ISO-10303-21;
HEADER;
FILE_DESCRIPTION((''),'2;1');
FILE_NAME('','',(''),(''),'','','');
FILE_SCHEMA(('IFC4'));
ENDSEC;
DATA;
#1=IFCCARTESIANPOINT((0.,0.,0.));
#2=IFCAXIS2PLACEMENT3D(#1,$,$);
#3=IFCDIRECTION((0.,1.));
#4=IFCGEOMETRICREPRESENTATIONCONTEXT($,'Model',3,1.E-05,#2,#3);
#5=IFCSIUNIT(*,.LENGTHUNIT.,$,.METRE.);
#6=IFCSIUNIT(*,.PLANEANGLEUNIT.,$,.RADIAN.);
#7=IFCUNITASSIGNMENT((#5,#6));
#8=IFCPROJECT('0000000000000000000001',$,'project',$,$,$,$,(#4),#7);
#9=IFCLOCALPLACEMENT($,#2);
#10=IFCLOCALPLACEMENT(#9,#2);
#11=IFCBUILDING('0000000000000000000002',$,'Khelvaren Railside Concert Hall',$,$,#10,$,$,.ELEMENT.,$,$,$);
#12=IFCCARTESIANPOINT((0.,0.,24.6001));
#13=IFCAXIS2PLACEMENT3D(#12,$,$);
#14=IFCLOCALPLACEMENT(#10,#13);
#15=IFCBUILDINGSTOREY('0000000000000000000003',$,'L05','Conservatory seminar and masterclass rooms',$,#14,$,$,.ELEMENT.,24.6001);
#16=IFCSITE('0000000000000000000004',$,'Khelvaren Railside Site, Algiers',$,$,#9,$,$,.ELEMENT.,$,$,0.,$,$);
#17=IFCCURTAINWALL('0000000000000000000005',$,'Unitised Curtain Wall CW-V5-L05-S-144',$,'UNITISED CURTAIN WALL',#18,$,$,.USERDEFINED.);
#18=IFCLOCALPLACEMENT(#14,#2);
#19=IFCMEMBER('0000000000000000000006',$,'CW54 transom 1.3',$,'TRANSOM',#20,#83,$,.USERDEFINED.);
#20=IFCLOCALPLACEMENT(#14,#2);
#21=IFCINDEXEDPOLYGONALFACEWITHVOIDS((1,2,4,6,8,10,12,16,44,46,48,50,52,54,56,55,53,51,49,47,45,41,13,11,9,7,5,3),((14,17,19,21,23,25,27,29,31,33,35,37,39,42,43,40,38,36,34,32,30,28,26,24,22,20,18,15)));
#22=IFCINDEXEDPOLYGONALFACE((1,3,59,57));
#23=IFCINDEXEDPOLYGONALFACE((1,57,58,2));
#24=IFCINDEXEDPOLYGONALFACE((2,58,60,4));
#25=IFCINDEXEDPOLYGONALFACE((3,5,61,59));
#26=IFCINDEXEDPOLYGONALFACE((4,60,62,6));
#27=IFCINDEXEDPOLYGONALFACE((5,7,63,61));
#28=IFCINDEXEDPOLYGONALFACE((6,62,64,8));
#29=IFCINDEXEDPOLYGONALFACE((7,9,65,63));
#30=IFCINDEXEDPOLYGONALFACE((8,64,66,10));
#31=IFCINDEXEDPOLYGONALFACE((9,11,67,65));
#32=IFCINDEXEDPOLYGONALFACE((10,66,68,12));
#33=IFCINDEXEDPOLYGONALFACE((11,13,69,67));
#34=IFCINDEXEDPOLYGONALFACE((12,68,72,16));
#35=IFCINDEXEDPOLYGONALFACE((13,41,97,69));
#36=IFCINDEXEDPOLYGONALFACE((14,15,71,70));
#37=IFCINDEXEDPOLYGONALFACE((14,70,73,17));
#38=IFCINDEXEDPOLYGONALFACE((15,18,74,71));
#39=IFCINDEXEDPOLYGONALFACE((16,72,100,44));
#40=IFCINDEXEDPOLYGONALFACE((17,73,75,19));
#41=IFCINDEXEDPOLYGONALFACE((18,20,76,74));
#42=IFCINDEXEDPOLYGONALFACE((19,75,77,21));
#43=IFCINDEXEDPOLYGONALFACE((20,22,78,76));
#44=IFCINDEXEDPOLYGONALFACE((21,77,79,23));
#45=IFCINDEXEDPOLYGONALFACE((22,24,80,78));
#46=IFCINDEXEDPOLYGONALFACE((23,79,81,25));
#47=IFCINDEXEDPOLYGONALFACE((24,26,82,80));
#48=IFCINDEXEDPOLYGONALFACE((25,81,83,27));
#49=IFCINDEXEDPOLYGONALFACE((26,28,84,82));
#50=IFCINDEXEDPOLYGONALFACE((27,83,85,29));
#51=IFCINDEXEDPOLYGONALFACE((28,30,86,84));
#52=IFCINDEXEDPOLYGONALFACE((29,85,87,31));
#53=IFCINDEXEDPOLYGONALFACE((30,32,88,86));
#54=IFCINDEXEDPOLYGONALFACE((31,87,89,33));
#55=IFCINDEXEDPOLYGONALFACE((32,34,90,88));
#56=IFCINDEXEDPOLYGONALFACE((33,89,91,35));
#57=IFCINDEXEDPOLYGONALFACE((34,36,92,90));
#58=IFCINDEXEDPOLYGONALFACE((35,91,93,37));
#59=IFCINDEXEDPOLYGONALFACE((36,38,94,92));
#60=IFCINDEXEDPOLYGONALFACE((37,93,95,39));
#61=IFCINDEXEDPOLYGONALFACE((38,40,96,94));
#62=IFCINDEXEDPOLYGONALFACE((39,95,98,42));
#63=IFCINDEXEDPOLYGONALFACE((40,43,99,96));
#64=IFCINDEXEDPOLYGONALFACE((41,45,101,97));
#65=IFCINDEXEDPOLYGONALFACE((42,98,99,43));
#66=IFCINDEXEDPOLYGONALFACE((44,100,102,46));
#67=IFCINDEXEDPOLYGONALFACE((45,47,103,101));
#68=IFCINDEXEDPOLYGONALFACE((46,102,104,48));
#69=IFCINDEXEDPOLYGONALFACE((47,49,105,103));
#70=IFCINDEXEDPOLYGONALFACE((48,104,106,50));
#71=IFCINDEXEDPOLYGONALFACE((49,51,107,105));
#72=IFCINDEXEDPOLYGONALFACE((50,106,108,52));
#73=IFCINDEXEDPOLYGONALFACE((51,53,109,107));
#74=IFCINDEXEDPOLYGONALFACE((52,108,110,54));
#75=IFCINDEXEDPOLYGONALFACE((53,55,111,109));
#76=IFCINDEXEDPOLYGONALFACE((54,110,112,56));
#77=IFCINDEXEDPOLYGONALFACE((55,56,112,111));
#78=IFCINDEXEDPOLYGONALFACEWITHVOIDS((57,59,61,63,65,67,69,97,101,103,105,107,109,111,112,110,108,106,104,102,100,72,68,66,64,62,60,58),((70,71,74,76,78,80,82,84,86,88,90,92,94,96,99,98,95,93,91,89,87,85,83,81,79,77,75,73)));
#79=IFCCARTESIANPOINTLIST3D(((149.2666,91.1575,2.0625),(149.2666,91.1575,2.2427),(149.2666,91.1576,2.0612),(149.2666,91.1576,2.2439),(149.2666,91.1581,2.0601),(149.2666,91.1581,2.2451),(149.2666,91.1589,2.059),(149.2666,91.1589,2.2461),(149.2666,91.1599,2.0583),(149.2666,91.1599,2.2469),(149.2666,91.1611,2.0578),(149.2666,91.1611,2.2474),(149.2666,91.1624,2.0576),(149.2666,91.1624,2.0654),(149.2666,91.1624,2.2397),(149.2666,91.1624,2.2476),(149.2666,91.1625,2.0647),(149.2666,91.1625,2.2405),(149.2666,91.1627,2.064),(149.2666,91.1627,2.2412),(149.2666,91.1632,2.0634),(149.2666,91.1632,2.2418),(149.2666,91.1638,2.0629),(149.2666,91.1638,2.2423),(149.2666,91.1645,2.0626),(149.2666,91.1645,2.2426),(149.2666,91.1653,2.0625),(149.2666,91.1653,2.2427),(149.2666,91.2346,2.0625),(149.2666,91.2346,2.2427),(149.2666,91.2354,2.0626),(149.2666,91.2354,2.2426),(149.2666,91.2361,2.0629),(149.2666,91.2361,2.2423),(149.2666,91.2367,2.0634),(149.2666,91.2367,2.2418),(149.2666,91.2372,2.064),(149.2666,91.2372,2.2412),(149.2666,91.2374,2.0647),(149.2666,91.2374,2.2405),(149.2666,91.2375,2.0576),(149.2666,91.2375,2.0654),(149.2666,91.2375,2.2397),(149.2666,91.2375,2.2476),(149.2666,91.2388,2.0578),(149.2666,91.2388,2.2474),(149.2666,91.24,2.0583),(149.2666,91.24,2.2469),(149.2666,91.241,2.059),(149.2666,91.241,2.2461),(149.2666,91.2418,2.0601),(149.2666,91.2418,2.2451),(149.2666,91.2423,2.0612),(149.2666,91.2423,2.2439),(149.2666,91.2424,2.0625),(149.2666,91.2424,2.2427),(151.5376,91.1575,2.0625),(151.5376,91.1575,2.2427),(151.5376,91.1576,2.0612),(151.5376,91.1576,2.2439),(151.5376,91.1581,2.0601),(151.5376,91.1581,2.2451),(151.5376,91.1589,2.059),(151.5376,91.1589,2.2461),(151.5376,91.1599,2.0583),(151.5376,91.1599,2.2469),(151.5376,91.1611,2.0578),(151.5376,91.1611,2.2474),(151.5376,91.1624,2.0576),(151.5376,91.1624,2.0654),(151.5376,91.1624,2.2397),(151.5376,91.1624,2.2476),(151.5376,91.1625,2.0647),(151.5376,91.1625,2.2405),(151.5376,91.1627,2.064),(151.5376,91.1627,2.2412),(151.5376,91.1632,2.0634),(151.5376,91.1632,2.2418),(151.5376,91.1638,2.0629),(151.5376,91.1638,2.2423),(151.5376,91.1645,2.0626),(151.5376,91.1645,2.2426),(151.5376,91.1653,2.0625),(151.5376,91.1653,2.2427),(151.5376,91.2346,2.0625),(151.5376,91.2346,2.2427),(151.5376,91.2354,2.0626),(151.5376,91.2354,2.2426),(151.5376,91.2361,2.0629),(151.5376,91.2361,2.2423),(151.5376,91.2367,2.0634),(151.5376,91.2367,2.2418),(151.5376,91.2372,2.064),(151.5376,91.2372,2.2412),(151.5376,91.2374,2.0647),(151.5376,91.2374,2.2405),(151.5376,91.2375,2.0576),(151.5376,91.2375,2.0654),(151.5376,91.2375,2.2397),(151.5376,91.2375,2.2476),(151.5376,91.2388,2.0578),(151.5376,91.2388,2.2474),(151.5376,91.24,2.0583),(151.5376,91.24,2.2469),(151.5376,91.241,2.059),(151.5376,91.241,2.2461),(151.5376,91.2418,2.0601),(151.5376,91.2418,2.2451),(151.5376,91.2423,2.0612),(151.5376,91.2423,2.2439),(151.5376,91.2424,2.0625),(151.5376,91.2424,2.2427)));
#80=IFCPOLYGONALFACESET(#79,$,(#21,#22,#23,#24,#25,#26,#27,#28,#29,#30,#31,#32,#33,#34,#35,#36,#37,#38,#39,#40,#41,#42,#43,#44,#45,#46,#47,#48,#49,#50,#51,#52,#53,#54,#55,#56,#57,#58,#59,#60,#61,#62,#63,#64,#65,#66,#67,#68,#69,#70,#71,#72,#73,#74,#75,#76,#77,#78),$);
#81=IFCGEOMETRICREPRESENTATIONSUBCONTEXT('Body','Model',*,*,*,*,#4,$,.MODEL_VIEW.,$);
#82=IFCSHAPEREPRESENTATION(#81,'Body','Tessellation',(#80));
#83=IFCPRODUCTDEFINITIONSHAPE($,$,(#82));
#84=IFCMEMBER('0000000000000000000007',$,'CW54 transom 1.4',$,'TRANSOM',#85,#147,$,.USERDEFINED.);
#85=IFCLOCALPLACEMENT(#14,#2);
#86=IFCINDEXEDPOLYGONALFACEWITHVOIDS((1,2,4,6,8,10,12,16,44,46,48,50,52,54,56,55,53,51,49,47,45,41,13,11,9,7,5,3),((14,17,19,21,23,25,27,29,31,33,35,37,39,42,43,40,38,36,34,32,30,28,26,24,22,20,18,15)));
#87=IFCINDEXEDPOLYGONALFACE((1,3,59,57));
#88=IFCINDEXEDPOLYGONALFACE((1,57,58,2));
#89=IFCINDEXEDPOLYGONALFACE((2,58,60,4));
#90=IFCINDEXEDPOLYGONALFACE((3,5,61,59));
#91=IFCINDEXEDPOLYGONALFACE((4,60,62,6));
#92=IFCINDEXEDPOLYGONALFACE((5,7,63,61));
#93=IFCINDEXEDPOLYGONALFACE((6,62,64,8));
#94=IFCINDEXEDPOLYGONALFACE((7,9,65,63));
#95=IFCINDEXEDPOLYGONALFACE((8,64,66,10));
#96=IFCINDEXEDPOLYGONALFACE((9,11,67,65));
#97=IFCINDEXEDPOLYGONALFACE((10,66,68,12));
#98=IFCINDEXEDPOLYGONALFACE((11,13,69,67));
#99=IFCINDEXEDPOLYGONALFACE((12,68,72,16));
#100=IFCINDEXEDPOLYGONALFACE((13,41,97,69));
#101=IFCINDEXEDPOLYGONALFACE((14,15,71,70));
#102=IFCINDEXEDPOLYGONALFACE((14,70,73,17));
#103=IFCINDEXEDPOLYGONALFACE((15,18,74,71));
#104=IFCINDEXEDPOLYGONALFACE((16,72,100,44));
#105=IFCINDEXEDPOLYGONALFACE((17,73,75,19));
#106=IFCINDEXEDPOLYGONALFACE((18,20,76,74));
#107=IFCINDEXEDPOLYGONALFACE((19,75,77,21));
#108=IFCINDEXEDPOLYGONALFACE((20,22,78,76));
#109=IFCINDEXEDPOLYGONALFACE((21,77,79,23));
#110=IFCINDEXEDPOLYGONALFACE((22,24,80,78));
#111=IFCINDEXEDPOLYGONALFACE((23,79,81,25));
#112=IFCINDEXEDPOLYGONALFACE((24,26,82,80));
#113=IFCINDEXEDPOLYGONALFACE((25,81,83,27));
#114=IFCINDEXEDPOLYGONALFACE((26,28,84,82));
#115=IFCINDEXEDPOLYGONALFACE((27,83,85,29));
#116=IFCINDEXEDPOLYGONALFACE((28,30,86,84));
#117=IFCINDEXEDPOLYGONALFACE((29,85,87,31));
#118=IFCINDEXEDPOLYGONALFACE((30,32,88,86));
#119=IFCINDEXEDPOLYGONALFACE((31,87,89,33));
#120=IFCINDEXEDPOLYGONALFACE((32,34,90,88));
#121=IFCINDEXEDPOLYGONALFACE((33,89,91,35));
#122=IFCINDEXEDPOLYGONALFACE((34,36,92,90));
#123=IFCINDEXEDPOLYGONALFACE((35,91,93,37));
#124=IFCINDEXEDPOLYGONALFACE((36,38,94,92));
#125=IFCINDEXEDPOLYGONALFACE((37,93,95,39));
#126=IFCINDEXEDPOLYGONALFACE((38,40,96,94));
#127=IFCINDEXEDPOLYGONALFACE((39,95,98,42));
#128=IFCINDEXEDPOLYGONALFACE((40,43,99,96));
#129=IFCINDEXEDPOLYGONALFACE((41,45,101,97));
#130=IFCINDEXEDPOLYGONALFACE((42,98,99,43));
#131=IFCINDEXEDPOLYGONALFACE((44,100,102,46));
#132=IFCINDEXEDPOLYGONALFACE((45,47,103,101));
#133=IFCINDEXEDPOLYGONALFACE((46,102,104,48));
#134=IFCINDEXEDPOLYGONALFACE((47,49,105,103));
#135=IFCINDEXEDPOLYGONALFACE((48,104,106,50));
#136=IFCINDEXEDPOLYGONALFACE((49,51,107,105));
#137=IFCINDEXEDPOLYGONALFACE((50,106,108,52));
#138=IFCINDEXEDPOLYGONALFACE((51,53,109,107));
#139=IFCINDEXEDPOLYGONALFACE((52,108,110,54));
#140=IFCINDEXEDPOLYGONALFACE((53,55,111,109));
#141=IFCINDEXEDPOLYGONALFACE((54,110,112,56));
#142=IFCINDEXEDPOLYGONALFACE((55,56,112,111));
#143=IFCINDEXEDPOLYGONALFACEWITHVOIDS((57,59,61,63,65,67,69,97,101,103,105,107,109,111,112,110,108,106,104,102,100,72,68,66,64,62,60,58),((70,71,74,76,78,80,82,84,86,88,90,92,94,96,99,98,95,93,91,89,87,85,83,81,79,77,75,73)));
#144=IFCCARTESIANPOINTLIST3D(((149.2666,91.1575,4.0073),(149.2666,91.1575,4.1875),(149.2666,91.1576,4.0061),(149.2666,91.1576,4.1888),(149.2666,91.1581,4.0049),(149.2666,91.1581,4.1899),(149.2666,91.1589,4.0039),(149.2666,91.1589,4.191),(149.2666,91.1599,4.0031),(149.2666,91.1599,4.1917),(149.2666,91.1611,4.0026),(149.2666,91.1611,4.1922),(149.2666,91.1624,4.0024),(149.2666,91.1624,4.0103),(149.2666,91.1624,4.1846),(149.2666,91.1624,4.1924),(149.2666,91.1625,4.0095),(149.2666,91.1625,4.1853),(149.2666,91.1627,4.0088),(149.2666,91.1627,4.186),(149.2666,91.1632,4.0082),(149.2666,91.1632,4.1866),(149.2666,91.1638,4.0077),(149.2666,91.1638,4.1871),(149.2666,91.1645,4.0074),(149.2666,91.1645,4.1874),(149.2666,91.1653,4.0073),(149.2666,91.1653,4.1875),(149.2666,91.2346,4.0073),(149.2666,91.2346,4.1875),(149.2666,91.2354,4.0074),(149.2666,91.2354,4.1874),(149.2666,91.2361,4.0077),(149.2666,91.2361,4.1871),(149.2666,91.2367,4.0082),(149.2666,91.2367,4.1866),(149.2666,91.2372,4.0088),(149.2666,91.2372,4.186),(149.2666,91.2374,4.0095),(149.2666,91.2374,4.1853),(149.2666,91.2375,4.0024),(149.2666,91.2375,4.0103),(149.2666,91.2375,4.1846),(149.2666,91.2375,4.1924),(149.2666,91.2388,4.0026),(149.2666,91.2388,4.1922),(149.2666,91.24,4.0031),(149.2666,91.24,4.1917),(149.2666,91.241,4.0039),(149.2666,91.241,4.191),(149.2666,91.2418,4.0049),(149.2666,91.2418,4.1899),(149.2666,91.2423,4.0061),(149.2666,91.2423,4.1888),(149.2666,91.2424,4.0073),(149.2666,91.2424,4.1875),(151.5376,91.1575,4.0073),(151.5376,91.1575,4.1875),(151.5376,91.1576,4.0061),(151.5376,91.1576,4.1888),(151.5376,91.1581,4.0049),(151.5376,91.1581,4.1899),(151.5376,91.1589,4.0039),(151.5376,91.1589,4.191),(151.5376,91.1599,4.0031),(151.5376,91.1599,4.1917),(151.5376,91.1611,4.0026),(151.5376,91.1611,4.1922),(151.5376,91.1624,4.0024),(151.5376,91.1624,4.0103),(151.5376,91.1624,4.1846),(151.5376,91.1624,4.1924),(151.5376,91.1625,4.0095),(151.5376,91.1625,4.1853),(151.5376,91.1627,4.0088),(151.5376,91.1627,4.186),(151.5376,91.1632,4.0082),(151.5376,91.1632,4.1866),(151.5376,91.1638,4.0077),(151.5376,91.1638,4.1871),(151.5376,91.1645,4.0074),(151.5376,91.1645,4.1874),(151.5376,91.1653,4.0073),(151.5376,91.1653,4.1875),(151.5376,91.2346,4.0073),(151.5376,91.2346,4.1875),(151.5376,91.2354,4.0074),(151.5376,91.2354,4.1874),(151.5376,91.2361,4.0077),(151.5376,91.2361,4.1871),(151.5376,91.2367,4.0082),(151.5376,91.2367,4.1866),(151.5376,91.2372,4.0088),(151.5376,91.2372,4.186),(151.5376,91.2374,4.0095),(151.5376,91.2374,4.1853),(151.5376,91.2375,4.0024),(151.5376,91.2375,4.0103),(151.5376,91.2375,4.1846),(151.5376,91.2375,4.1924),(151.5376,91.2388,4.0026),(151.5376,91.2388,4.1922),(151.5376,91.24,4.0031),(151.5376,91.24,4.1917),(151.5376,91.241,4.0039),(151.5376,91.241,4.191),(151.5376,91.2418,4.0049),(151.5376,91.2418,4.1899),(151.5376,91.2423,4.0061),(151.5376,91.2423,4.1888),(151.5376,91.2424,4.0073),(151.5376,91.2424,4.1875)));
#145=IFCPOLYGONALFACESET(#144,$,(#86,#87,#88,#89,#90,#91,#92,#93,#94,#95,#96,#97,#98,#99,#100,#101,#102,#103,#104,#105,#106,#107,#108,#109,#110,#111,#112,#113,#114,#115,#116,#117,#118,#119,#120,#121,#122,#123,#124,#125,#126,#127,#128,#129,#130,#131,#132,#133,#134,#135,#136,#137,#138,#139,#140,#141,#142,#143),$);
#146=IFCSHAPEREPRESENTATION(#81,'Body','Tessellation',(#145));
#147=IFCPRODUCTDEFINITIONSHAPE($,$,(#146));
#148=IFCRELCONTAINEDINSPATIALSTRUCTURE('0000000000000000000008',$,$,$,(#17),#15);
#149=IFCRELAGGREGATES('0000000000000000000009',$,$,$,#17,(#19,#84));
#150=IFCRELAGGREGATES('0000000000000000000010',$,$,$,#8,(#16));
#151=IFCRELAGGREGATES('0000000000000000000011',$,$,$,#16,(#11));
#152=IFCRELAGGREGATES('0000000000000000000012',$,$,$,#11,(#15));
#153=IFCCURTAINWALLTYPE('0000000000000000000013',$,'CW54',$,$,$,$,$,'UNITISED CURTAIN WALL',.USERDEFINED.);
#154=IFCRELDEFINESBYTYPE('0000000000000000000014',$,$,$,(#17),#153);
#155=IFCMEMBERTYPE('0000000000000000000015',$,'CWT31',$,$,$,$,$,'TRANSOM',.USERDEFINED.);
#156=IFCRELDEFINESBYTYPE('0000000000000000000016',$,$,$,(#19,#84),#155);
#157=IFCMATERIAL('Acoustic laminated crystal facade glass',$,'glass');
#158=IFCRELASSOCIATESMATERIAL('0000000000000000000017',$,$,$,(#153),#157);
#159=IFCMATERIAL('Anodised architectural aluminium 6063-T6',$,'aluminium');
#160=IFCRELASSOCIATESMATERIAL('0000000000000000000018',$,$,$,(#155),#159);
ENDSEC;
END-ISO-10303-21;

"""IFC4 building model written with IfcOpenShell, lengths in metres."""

from ifc_helpers import new_model, si_unit, direction, frame, origin, origin_2d, place, context, subcontext, project, spatial, hollow_rectangle, extrude, material, material_profile, profile_set, type_object, element, aggregate, save


model = new_model("IFC4")

# Units and contexts
model_context = context("Model", 3, precision=1e-05, world=origin(), true_north=direction((0.0, 1.0)))
body_context = subcontext(model_context, "Body", "Model", "MODEL_VIEW")
ifc_project = project(units=[si_unit("LENGTHUNIT", "METRE"), si_unit("PLANEANGLEUNIT", "RADIAN")], contexts=[model_context])

# Site, building, storey
site_placement = place(None, origin())
site = spatial("IfcSite", under=ifc_project, at=site_placement, Name="Khelvaren Railside Site, Algiers", CompositionType="ELEMENT", RefElevation=0.0)
building_placement = place(site_placement, origin())
building = spatial("IfcBuilding", under=site, at=building_placement, Name="Khelvaren Railside Concert Hall", CompositionType="ELEMENT")
storey_placement = place(building_placement, frame((0.0, 0.0, 24.6001)))
storey = spatial("IfcBuildingStorey", under=building, at=storey_placement, Name="L05", Description="Conservatory seminar and masterclass rooms", CompositionType="ELEMENT", Elevation=24.6001)

# Curtain wall, members
ifc_material_1 = material(Name="Acoustic laminated crystal facade glass", Category="glass")
curtain_wall_type = type_object("IfcCurtainWallType", Name="CW54", ElementType="UNITISED CURTAIN WALL", PredefinedType="USERDEFINED", material=ifc_material_1)
curtain_wall_placement = place(storey_placement, origin())
curtain_wall = element("IfcCurtainWall", 1, at=curtain_wall_placement, inside=storey, type_object=curtain_wall_type, Name="Unitised Curtain Wall CW-V5-L05-S-144", ObjectType="UNITISED CURTAIN WALL", PredefinedType="USERDEFINED")
ifc_material_2 = material(Name="Anodised architectural aluminium 6063-T6", Category="aluminium")
ifc_material_profile_1 = material_profile(ifc_material_2, hollow_rectangle(XDim=0.085, YDim=0.1899, WallThickness=0.0049, InnerFilletRadius=0.0029, OuterFilletRadius=0.0049, at=origin_2d()), Name="CWT 85x190x5")
ifc_profile_set_1 = profile_set([ifc_material_profile_1], Name="Anodised architectural aluminium 6063-T6")
member_type_1 = type_object("IfcMemberType", Name="CWT31", ElementType="TRANSOM", PredefinedType="USERDEFINED", material=ifc_profile_set_1)
member_1_placement = place(storey_placement, frame((151.5376, 91.2, 2.1526), z_axis=(-1.0, 0.0, 0.0), x_axis=(0.0, -1.0, 0.0)))
member_1 = element("IfcMember", 2, at=member_1_placement, type_object=member_type_1, Name="CW54 transom 1.3", ObjectType="TRANSOM", PredefinedType="USERDEFINED", context=body_context, shape_type="SweptSolid", body=[
    extrude(hollow_rectangle(XDim=0.085, YDim=0.1899, WallThickness=0.0049, InnerFilletRadius=0.0029, OuterFilletRadius=0.0049, at=origin_2d()), origin(), (0.0, 0.0, 1.0), 2.271),
])
member_2_placement = place(storey_placement, frame((151.5376, 91.2, 4.0974), z_axis=(-1.0, 0.0, 0.0), x_axis=(0.0, -1.0, 0.0)))
member_2 = element("IfcMember", 3, at=member_2_placement, type_object=member_type_1, Name="CW54 transom 1.4", ObjectType="TRANSOM", PredefinedType="USERDEFINED", context=body_context, shape_type="SweptSolid", body=[
    extrude(hollow_rectangle(XDim=0.085, YDim=0.1899, WallThickness=0.0049, InnerFilletRadius=0.0029, OuterFilletRadius=0.0049, at=origin_2d()), origin(), (0.0, 0.0, 1.0), 2.271),
])
aggregate(curtain_wall, [member_1, member_2])

save(model, "model.ifc")
